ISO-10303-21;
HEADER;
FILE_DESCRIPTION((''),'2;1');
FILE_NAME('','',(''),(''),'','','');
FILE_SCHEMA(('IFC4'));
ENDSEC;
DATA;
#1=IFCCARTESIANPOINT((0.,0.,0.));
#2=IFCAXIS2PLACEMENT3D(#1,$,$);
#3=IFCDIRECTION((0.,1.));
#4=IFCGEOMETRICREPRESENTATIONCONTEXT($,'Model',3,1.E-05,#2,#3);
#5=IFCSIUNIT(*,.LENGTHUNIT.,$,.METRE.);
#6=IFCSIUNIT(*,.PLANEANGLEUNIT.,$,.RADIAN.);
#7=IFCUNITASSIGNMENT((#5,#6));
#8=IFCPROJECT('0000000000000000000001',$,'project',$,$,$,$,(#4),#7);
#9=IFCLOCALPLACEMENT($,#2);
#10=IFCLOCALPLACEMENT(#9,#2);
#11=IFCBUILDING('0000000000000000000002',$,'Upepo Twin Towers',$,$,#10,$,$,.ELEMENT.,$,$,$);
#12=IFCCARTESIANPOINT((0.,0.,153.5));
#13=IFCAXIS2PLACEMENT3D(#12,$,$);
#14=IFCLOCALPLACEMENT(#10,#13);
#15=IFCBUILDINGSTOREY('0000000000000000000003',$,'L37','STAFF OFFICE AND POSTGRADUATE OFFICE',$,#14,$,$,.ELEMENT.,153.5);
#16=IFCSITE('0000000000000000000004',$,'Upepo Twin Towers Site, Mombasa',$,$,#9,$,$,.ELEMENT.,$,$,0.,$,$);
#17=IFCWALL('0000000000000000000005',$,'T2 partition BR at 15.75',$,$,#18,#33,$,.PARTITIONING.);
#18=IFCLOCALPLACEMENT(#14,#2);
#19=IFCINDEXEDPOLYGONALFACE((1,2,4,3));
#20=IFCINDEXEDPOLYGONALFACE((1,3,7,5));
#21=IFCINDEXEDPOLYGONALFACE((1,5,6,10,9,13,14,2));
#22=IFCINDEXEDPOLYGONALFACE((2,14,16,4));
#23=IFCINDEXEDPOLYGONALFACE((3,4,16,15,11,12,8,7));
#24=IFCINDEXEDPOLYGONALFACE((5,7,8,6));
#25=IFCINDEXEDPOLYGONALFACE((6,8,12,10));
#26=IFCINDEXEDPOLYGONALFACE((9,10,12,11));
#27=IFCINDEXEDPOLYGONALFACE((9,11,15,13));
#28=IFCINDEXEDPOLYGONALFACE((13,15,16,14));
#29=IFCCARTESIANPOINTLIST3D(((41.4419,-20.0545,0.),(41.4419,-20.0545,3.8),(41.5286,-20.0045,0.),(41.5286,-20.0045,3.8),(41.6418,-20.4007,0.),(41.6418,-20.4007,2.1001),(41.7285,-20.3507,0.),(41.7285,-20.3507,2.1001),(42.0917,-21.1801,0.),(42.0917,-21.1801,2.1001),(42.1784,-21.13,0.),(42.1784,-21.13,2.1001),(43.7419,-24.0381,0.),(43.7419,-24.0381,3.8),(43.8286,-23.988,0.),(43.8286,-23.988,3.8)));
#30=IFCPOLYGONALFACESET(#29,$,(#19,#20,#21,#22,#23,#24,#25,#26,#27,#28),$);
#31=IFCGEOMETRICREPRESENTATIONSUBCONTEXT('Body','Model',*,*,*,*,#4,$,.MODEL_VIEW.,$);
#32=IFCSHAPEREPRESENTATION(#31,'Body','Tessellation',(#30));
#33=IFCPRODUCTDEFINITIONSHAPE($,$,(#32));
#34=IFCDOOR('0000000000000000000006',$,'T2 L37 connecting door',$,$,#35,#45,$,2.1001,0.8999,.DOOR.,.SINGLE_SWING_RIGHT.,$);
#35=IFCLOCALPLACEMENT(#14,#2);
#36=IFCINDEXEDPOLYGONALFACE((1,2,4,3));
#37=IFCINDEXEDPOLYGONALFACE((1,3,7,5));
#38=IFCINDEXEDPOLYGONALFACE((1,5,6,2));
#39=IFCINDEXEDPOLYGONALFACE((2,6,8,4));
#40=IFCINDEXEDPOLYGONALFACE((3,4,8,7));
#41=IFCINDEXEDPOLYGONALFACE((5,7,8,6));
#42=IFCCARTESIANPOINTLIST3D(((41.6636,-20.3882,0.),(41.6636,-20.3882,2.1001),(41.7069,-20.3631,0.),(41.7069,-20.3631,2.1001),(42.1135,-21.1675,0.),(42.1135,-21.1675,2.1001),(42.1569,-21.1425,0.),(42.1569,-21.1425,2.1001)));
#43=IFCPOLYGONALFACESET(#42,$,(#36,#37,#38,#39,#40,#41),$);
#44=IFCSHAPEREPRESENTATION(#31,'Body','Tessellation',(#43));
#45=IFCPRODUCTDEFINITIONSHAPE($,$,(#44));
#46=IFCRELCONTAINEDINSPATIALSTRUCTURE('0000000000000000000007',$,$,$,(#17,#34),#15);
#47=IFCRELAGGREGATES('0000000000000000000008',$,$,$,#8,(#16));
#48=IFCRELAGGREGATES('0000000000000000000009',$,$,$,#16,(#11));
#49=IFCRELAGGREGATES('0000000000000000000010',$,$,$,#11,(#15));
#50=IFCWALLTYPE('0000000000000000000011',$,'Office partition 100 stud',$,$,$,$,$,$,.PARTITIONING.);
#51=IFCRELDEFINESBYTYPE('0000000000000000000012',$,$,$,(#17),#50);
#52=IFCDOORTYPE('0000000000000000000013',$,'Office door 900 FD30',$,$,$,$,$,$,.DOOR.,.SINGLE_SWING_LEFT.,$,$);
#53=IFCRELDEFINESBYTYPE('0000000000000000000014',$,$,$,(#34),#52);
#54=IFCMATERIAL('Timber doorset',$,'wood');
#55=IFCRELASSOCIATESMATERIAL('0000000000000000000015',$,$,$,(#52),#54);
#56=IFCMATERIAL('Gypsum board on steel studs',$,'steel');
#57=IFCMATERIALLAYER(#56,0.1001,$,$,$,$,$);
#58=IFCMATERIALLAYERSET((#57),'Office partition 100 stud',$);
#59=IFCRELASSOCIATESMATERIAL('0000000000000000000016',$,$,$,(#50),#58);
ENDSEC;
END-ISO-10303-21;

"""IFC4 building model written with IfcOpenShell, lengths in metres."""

from ifc_helpers import new_model, si_unit, direction, frame, frame_2d, origin, place, context, subcontext, project, spatial, rectangle, extrude, material, layer, layer_set, type_object, element, fill, save


model = new_model("IFC4")

# Units and contexts
model_context = context("Model", 3, precision=1e-05, world=origin(), true_north=direction((0.0, 1.0)))
body_context = subcontext(model_context, "Body", "Model", "MODEL_VIEW")
ifc_project = project(units=[si_unit("LENGTHUNIT", "METRE"), si_unit("PLANEANGLEUNIT", "RADIAN")], contexts=[model_context])

# Site, building, storey
site_placement = place(None, origin())
site = spatial("IfcSite", under=ifc_project, at=site_placement, Name="Upepo Twin Towers Site, Mombasa", CompositionType="ELEMENT", RefElevation=0.0)
building_placement = place(site_placement, origin())
building = spatial("IfcBuilding", under=site, at=building_placement, Name="Upepo Twin Towers", CompositionType="ELEMENT")
storey_placement = place(building_placement, frame((0.0, 0.0, 153.5)))
storey = spatial("IfcBuildingStorey", under=building, at=storey_placement, Name="L37", Description="STAFF OFFICE AND POSTGRADUATE OFFICE", CompositionType="ELEMENT", Elevation=153.5)

# Shared definitions
ifc_material_1 = material(Name="Timber doorset", Category="wood")
door_type = type_object("IfcDoorType", Name="Office door 900 FD30", OperationType="SINGLE_SWING_LEFT", PredefinedType="DOOR", material=ifc_material_1)

# Shared definitions
ifc_material_2 = material(Name="Gypsum board on steel studs", Category="steel")
ifc_layer_1 = layer(ifc_material_2, 0.1001)
ifc_layer_set_1 = layer_set([ifc_layer_1], Name="Office partition 100 stud")
wall_type_1 = type_object("IfcWallType", Name="Office partition 100 stud", PredefinedType="PARTITIONING", material=ifc_layer_set_1)

# Wall, opening, door
wall_1_placement = place(storey_placement, frame((43.7852, -24.0129, 0.0), z_axis=(0.0, 0.0, 1.0), x_axis=(-0.500015, 0.866017, 0.0)))
wall_1 = element("IfcWall", 1, at=wall_1_placement, inside=storey, type_object=wall_type_1, Name="T2 partition BR at 15.75", PredefinedType="PARTITIONING", context=body_context, shape_type="SweptSolid", body=[
    extrude(rectangle(XDim=4.5999, YDim=0.1001, at=frame_2d((2.2998, 0.0))), origin(), (0.0, 0.0, 1.0), 3.8),
])
opening_1_placement = place(wall_1_placement, frame((3.3, 0.0, 0.0)))
opening_1 = element("IfcOpeningElement", 2, at=opening_1_placement, cuts=wall_1, PredefinedType="OPENING", context=body_context, shape_type="SweptSolid", body=[
    extrude(rectangle(XDim=0.8999, YDim=2.1001, at=frame_2d((0.45, 1.05))), frame((0.0, 0.0601, 0.0), z_axis=(0.0, -1.0, 0.0), x_axis=(1.0, 0.0, 0.0)), (0.0, 0.0, 1.0), 0.1201),
])
door_1_placement = place(opening_1_placement, origin())
door_1 = element("IfcDoor", 3, at=door_1_placement, inside=storey, type_object=door_type, Name="T2 L37 connecting door", OperationType="SINGLE_SWING_RIGHT", OverallHeight=2.1001, OverallWidth=0.8999, PredefinedType="DOOR", context=body_context, shape_type="SweptSolid", body=[
    extrude(rectangle(XDim=0.8999, YDim=2.1001, at=frame_2d((0.45, 1.05))), frame((0.0, 0.0249, 0.0), z_axis=(0.0, -1.0, 0.0), x_axis=(1.0, 0.0, 0.0)), (0.0, 0.0, 1.0), 0.05),
])
fill(opening_1, door_1)

save(model, "model.ifc")
